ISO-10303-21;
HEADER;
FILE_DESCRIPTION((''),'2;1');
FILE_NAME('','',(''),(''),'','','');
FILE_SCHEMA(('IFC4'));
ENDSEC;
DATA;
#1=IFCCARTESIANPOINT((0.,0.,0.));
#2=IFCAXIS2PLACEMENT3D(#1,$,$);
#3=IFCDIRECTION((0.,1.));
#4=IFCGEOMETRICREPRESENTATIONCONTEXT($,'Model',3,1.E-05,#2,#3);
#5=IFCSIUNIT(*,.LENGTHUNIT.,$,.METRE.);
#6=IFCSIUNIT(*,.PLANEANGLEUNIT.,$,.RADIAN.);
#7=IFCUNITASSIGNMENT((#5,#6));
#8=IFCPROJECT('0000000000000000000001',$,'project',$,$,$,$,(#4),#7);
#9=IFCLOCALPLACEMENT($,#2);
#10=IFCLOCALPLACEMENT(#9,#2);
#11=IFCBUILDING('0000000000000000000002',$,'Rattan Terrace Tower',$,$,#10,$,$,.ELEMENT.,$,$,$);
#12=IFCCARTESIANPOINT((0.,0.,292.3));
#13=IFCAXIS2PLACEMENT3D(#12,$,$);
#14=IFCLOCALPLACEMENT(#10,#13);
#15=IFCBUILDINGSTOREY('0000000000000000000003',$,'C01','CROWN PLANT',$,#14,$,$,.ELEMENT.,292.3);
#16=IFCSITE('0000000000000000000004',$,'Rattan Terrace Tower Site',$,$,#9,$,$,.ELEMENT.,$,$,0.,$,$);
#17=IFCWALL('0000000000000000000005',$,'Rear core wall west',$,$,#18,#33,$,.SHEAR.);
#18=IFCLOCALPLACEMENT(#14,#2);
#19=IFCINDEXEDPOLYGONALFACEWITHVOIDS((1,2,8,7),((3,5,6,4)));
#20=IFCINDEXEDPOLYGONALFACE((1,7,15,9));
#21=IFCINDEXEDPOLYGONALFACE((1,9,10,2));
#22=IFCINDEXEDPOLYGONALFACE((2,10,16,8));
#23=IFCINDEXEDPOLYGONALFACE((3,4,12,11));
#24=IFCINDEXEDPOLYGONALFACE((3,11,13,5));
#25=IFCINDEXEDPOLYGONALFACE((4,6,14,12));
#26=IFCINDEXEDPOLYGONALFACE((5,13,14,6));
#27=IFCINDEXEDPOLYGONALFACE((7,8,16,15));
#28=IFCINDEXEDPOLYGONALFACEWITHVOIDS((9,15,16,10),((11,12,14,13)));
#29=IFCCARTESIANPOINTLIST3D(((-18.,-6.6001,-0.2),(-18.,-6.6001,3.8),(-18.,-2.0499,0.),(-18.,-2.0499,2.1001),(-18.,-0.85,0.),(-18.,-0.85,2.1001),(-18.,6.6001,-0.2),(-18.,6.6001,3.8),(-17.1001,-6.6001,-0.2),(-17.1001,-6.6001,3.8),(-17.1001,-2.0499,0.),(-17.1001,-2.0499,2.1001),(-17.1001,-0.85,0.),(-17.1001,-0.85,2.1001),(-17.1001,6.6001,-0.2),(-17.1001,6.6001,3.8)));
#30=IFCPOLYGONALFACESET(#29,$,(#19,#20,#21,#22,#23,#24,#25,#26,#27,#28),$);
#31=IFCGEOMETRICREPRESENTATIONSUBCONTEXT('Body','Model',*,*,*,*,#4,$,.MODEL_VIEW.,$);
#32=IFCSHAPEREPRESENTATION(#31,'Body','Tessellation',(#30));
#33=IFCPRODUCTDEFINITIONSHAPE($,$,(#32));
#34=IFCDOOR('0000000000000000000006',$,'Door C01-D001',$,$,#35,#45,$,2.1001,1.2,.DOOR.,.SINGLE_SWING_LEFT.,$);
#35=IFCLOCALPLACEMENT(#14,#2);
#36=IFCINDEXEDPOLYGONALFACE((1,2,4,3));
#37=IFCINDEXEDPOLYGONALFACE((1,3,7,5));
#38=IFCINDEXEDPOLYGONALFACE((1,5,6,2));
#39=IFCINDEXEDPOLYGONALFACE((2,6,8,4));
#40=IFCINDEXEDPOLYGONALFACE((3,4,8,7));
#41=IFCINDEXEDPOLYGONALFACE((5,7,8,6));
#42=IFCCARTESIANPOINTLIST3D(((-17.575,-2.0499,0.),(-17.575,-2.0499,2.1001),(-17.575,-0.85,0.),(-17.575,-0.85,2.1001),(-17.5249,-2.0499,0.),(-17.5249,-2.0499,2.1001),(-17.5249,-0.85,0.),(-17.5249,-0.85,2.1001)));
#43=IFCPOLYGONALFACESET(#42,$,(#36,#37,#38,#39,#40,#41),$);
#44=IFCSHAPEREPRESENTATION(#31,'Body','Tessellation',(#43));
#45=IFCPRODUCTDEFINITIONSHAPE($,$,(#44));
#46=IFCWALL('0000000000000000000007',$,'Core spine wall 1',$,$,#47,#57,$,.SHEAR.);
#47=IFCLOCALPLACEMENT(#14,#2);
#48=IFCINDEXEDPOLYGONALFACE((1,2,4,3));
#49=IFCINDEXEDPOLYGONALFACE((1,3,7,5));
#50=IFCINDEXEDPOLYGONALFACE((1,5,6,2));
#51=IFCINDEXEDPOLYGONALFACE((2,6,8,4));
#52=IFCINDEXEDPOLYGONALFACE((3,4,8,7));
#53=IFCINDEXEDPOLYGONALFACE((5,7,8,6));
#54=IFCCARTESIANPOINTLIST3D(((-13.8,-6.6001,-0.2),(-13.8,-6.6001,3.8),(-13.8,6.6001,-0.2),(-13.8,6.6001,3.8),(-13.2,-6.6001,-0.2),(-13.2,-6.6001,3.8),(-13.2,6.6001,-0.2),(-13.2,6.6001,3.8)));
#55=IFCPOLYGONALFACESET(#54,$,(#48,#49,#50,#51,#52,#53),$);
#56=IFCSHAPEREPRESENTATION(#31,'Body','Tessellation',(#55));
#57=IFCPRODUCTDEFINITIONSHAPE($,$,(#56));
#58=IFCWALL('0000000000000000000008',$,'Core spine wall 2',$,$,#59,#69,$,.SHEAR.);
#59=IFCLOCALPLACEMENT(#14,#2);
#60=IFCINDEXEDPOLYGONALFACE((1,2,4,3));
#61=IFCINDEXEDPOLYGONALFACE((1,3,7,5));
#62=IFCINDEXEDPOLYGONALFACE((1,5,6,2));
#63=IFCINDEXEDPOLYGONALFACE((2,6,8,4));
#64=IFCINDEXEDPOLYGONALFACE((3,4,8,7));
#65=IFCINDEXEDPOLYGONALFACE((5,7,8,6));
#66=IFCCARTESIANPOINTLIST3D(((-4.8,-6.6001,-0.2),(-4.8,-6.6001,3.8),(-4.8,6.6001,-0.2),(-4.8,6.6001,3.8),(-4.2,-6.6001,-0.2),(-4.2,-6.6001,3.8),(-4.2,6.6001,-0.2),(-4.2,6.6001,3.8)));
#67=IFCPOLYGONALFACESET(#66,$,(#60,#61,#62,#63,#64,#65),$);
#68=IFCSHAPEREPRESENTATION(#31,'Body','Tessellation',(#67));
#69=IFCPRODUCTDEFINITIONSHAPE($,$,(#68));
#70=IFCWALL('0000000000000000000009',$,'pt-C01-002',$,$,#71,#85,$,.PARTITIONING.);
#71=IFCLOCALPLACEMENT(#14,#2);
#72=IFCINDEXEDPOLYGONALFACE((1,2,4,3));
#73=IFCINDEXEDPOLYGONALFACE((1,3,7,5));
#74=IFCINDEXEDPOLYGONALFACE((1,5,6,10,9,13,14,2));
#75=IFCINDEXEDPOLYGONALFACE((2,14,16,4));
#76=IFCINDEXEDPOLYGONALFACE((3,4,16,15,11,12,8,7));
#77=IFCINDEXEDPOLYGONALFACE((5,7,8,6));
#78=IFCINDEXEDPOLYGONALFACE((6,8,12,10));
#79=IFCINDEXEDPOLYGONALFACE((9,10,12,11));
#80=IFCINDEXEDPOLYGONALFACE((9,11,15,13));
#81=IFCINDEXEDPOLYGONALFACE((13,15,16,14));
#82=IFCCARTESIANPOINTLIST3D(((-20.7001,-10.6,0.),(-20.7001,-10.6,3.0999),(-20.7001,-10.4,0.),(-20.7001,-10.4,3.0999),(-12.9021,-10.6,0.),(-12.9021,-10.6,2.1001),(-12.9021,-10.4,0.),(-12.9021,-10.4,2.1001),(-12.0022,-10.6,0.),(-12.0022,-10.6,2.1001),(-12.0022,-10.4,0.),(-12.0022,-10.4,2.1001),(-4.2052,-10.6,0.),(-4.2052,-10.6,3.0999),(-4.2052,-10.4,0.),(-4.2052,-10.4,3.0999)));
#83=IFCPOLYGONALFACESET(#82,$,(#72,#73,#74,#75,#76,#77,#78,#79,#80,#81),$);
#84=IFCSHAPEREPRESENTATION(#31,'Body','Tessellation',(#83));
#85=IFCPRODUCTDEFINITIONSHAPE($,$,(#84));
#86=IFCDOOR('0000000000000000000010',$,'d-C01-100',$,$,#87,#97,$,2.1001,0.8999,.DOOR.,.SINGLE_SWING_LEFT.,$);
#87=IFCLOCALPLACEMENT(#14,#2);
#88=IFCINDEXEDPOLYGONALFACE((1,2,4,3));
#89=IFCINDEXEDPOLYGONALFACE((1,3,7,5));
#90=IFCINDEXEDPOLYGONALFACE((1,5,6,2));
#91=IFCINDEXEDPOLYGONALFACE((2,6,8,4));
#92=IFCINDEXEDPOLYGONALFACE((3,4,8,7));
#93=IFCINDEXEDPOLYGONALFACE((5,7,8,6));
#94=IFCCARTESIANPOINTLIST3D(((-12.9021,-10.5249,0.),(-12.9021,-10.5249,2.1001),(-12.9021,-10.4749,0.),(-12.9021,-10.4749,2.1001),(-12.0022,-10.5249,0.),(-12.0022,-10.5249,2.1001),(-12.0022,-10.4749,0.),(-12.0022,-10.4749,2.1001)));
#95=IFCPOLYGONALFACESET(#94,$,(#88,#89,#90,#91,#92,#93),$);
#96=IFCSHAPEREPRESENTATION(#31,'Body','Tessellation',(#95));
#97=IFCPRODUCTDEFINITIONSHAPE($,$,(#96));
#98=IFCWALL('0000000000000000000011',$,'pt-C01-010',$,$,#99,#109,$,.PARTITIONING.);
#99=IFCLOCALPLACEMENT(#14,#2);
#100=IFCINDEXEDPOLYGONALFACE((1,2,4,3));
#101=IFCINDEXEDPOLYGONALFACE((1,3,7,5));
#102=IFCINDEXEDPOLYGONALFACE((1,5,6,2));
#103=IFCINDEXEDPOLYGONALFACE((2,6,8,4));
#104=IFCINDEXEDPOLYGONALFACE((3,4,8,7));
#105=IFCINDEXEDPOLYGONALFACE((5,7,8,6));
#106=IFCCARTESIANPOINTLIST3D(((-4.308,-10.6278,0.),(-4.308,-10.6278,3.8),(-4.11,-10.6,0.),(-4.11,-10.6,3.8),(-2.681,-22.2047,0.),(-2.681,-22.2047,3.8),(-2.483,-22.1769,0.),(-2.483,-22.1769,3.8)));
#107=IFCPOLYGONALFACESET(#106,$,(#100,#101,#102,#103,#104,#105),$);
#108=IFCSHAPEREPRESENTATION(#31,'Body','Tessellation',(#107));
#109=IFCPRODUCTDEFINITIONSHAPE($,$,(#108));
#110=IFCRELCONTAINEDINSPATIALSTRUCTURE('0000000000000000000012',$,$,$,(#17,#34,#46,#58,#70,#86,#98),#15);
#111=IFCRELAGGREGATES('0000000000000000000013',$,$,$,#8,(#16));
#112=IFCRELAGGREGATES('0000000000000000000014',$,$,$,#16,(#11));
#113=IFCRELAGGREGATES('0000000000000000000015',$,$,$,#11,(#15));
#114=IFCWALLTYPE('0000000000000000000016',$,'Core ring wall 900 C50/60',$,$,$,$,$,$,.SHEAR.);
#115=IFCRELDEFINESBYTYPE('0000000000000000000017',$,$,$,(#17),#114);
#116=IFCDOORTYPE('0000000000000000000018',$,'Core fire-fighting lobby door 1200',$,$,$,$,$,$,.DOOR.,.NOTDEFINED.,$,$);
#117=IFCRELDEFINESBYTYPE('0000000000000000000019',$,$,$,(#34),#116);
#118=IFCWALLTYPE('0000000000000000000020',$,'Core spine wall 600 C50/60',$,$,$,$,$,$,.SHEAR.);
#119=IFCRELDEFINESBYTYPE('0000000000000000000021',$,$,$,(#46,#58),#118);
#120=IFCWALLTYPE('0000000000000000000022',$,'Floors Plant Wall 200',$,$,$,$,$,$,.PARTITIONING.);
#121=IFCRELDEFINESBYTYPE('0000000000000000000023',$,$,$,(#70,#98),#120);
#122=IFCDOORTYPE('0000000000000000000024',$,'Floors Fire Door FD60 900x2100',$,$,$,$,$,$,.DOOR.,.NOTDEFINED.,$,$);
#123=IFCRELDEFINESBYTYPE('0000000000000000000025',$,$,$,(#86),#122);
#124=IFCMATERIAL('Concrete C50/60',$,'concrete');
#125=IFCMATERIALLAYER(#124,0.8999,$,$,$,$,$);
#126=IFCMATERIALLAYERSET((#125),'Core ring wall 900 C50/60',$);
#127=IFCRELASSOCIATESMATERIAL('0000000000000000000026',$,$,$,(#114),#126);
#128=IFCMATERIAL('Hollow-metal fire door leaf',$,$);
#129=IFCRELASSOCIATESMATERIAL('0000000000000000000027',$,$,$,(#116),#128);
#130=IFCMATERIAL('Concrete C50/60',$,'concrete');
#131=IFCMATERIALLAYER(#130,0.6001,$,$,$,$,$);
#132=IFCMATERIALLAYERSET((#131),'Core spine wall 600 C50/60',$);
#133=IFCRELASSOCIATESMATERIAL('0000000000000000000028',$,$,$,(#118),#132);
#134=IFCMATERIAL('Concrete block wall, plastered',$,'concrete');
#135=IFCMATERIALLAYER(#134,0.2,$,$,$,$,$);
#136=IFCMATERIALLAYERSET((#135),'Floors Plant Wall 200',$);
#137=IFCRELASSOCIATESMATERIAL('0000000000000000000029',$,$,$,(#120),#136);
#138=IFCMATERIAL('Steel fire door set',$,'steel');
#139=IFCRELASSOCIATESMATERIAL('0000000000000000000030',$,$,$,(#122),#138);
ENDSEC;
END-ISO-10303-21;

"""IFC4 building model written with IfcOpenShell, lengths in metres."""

from ifc_helpers import new_model, si_unit, direction, frame, frame_2d, origin, place, context, subcontext, project, spatial, rectangle, extrude, material, layer, layer_set, type_object, element, fill, save


model = new_model("IFC4")

# Units and contexts
model_context = context("Model", 3, precision=1e-05, world=origin(), true_north=direction((0.0, 1.0)))
body_context = subcontext(model_context, "Body", "Model", "MODEL_VIEW")
ifc_project = project(units=[si_unit("LENGTHUNIT", "METRE"), si_unit("PLANEANGLEUNIT", "RADIAN")], contexts=[model_context])

# Site, building, storey
site_placement = place(None, origin())
site = spatial("IfcSite", under=ifc_project, at=site_placement, Name="Rattan Terrace Tower Site", CompositionType="ELEMENT", RefElevation=0.0)
building_placement = place(site_placement, origin())
building = spatial("IfcBuilding", under=site, at=building_placement, Name="Rattan Terrace Tower", CompositionType="ELEMENT")
storey_placement = place(building_placement, frame((0.0, 0.0, 292.3)))
storey = spatial("IfcBuildingStorey", under=building, at=storey_placement, Name="C01", Description="CROWN PLANT", CompositionType="ELEMENT", Elevation=292.3)

# Wall, opening, door
ifc_material_1 = material(Name="Concrete C50/60", Category="concrete")
ifc_layer_1 = layer(ifc_material_1, 0.8999)
ifc_layer_set_1 = layer_set([ifc_layer_1], Name="Core ring wall 900 C50/60")
wall_type_1 = type_object("IfcWallType", Name="Core ring wall 900 C50/60", PredefinedType="SHEAR", material=ifc_layer_set_1)
wall_1_placement = place(storey_placement, frame((-17.55, -6.6001, -0.2), z_axis=(0.0, 0.0, 1.0), x_axis=(0.0, 1.0, 0.0)))
wall_1 = element("IfcWall", 1, at=wall_1_placement, inside=storey, type_object=wall_type_1, Name="Rear core wall west", PredefinedType="SHEAR", context=body_context, shape_type="SweptSolid", body=[
    extrude(rectangle(XDim=13.2002, YDim=0.8999, at=frame_2d((6.6001, 0.0))), origin(), (0.0, 0.0, 1.0), 4.0),
])
opening_1_placement = place(wall_1_placement, frame((4.55, 0.0, 0.2)))
opening_1 = element("IfcOpeningElement", 2, at=opening_1_placement, cuts=wall_1, PredefinedType="OPENING", context=body_context, shape_type="SweptSolid", body=[
    extrude(rectangle(XDim=1.2, YDim=2.1001, at=frame_2d((0.6001, 1.05))), frame((0.0, 0.4604, 0.0), z_axis=(0.0, -1.0, 0.0), x_axis=(1.0, 0.0, 0.0)), (0.0, 0.0, 1.0), 0.9209),
])
ifc_material_2 = material(Name="Hollow-metal fire door leaf")
door_type_1 = type_object("IfcDoorType", Name="Core fire-fighting lobby door 1200", OperationType="NOTDEFINED", PredefinedType="DOOR", material=ifc_material_2)
door_1_placement = place(opening_1_placement, origin())
door_1 = element("IfcDoor", 3, at=door_1_placement, inside=storey, type_object=door_type_1, Name="Door C01-D001", OperationType="SINGLE_SWING_LEFT", OverallHeight=2.1001, OverallWidth=1.2, PredefinedType="DOOR", context=body_context, shape_type="SweptSolid", body=[
    extrude(rectangle(XDim=1.2, YDim=2.1001, at=frame_2d((0.6001, 1.05))), frame((0.0, 0.0249, 0.0), z_axis=(0.0, -1.0, 0.0), x_axis=(1.0, 0.0, 0.0)), (0.0, 0.0, 1.0), 0.05),
])
fill(opening_1, door_1)

# Walls
ifc_material_3 = material(Name="Concrete C50/60", Category="concrete")
ifc_layer_2 = layer(ifc_material_3, 0.6001)
ifc_layer_set_2 = layer_set([ifc_layer_2], Name="Core spine wall 600 C50/60")
wall_type_2 = type_object("IfcWallType", Name="Core spine wall 600 C50/60", PredefinedType="SHEAR", material=ifc_layer_set_2)
for number, where, z_axis, x_axis, name in (
    (4, (-13.5, -6.6001, -0.2), (0.0, 0.0, 1.0), (0.0, 1.0, 0.0), "Core spine wall 1"),
    (5, (-4.5, -6.6001, -0.2), (0.0, 0.0, 1.0), (0.0, 1.0, 0.0), "Core spine wall 2"),
):
    element("IfcWall", number, at=place(storey_placement, frame(where, z_axis=z_axis, x_axis=x_axis)), inside=storey, type_object=wall_type_2, Name=name, PredefinedType="SHEAR", context=body_context, shape_type="SweptSolid", body=[
        extrude(rectangle(XDim=13.2002, YDim=0.6001, at=frame_2d((6.6001, 0.0))), origin(), (0.0, 0.0, 1.0), 4.0),
    ])

# Wall, opening, door
ifc_material_4 = material(Name="Concrete block wall, plastered", Category="concrete")
ifc_layer_3 = layer(ifc_material_4, 0.2)
ifc_layer_set_3 = layer_set([ifc_layer_3], Name="Floors Plant Wall 200")
wall_type_3 = type_object("IfcWallType", Name="Floors Plant Wall 200", PredefinedType="PARTITIONING", material=ifc_layer_set_3)
wall_2_placement = place(storey_placement, frame((-4.2051, -10.5, 0.0), z_axis=(0.0, 0.0, 1.0), x_axis=(-1.0, 0.0, 0.0)))
wall_2 = element("IfcWall", 6, at=wall_2_placement, inside=storey, type_object=wall_type_3, Name="pt-C01-002", PredefinedType="PARTITIONING", context=body_context, shape_type="SweptSolid", body=[
    extrude(rectangle(XDim=16.4949, YDim=0.2, at=frame_2d((8.2476, 0.0))), origin(), (0.0, 0.0, 1.0), 3.0999),
])
opening_2_placement = place(wall_2_placement, frame((7.7971, 0.0, 0.0)))
opening_2 = element("IfcOpeningElement", 7, at=opening_2_placement, cuts=wall_2, PredefinedType="OPENING", context=body_context, shape_type="SweptSolid", body=[
    extrude(rectangle(XDim=0.8999, YDim=2.1001, at=frame_2d((0.45, 1.05))), frame((0.0, 0.1106, 0.0), z_axis=(0.0, -1.0, 0.0), x_axis=(1.0, 0.0, 0.0)), (0.0, 0.0, 1.0), 0.2209),
])
ifc_material_5 = material(Name="Steel fire door set", Category="steel")
door_type_2 = type_object("IfcDoorType", Name="Floors Fire Door FD60 900x2100", OperationType="NOTDEFINED", PredefinedType="DOOR", material=ifc_material_5)
door_2_placement = place(opening_2_placement, origin())
door_2 = element("IfcDoor", 8, at=door_2_placement, inside=storey, type_object=door_type_2, Name="d-C01-100", OperationType="SINGLE_SWING_LEFT", OverallHeight=2.1001, OverallWidth=0.8999, PredefinedType="DOOR", context=body_context, shape_type="SweptSolid", body=[
    extrude(rectangle(XDim=0.8999, YDim=2.1001, at=frame_2d((0.45, 1.05))), frame((0.0, 0.0249, 0.0), z_axis=(0.0, -1.0, 0.0), x_axis=(1.0, 0.0, 0.0)), (0.0, 0.0, 1.0), 0.05),
])
fill(opening_2, door_2)

# Wall
wall_3_placement = place(storey_placement, frame((-4.209, -10.614, 0.0), z_axis=(0.0, 0.0, 1.0), x_axis=(0.139167, -0.990269, 0.0)))
element("IfcWall", 9, at=wall_3_placement, inside=storey, type_object=wall_type_3, Name="pt-C01-010", PredefinedType="PARTITIONING", context=body_context, shape_type="SweptSolid", body=[
    extrude(rectangle(XDim=11.6907, YDim=0.2, at=frame_2d((5.8452, 0.0))), origin(), (0.0, 0.0, 1.0), 3.8),
])

save(model, "model.ifc")
